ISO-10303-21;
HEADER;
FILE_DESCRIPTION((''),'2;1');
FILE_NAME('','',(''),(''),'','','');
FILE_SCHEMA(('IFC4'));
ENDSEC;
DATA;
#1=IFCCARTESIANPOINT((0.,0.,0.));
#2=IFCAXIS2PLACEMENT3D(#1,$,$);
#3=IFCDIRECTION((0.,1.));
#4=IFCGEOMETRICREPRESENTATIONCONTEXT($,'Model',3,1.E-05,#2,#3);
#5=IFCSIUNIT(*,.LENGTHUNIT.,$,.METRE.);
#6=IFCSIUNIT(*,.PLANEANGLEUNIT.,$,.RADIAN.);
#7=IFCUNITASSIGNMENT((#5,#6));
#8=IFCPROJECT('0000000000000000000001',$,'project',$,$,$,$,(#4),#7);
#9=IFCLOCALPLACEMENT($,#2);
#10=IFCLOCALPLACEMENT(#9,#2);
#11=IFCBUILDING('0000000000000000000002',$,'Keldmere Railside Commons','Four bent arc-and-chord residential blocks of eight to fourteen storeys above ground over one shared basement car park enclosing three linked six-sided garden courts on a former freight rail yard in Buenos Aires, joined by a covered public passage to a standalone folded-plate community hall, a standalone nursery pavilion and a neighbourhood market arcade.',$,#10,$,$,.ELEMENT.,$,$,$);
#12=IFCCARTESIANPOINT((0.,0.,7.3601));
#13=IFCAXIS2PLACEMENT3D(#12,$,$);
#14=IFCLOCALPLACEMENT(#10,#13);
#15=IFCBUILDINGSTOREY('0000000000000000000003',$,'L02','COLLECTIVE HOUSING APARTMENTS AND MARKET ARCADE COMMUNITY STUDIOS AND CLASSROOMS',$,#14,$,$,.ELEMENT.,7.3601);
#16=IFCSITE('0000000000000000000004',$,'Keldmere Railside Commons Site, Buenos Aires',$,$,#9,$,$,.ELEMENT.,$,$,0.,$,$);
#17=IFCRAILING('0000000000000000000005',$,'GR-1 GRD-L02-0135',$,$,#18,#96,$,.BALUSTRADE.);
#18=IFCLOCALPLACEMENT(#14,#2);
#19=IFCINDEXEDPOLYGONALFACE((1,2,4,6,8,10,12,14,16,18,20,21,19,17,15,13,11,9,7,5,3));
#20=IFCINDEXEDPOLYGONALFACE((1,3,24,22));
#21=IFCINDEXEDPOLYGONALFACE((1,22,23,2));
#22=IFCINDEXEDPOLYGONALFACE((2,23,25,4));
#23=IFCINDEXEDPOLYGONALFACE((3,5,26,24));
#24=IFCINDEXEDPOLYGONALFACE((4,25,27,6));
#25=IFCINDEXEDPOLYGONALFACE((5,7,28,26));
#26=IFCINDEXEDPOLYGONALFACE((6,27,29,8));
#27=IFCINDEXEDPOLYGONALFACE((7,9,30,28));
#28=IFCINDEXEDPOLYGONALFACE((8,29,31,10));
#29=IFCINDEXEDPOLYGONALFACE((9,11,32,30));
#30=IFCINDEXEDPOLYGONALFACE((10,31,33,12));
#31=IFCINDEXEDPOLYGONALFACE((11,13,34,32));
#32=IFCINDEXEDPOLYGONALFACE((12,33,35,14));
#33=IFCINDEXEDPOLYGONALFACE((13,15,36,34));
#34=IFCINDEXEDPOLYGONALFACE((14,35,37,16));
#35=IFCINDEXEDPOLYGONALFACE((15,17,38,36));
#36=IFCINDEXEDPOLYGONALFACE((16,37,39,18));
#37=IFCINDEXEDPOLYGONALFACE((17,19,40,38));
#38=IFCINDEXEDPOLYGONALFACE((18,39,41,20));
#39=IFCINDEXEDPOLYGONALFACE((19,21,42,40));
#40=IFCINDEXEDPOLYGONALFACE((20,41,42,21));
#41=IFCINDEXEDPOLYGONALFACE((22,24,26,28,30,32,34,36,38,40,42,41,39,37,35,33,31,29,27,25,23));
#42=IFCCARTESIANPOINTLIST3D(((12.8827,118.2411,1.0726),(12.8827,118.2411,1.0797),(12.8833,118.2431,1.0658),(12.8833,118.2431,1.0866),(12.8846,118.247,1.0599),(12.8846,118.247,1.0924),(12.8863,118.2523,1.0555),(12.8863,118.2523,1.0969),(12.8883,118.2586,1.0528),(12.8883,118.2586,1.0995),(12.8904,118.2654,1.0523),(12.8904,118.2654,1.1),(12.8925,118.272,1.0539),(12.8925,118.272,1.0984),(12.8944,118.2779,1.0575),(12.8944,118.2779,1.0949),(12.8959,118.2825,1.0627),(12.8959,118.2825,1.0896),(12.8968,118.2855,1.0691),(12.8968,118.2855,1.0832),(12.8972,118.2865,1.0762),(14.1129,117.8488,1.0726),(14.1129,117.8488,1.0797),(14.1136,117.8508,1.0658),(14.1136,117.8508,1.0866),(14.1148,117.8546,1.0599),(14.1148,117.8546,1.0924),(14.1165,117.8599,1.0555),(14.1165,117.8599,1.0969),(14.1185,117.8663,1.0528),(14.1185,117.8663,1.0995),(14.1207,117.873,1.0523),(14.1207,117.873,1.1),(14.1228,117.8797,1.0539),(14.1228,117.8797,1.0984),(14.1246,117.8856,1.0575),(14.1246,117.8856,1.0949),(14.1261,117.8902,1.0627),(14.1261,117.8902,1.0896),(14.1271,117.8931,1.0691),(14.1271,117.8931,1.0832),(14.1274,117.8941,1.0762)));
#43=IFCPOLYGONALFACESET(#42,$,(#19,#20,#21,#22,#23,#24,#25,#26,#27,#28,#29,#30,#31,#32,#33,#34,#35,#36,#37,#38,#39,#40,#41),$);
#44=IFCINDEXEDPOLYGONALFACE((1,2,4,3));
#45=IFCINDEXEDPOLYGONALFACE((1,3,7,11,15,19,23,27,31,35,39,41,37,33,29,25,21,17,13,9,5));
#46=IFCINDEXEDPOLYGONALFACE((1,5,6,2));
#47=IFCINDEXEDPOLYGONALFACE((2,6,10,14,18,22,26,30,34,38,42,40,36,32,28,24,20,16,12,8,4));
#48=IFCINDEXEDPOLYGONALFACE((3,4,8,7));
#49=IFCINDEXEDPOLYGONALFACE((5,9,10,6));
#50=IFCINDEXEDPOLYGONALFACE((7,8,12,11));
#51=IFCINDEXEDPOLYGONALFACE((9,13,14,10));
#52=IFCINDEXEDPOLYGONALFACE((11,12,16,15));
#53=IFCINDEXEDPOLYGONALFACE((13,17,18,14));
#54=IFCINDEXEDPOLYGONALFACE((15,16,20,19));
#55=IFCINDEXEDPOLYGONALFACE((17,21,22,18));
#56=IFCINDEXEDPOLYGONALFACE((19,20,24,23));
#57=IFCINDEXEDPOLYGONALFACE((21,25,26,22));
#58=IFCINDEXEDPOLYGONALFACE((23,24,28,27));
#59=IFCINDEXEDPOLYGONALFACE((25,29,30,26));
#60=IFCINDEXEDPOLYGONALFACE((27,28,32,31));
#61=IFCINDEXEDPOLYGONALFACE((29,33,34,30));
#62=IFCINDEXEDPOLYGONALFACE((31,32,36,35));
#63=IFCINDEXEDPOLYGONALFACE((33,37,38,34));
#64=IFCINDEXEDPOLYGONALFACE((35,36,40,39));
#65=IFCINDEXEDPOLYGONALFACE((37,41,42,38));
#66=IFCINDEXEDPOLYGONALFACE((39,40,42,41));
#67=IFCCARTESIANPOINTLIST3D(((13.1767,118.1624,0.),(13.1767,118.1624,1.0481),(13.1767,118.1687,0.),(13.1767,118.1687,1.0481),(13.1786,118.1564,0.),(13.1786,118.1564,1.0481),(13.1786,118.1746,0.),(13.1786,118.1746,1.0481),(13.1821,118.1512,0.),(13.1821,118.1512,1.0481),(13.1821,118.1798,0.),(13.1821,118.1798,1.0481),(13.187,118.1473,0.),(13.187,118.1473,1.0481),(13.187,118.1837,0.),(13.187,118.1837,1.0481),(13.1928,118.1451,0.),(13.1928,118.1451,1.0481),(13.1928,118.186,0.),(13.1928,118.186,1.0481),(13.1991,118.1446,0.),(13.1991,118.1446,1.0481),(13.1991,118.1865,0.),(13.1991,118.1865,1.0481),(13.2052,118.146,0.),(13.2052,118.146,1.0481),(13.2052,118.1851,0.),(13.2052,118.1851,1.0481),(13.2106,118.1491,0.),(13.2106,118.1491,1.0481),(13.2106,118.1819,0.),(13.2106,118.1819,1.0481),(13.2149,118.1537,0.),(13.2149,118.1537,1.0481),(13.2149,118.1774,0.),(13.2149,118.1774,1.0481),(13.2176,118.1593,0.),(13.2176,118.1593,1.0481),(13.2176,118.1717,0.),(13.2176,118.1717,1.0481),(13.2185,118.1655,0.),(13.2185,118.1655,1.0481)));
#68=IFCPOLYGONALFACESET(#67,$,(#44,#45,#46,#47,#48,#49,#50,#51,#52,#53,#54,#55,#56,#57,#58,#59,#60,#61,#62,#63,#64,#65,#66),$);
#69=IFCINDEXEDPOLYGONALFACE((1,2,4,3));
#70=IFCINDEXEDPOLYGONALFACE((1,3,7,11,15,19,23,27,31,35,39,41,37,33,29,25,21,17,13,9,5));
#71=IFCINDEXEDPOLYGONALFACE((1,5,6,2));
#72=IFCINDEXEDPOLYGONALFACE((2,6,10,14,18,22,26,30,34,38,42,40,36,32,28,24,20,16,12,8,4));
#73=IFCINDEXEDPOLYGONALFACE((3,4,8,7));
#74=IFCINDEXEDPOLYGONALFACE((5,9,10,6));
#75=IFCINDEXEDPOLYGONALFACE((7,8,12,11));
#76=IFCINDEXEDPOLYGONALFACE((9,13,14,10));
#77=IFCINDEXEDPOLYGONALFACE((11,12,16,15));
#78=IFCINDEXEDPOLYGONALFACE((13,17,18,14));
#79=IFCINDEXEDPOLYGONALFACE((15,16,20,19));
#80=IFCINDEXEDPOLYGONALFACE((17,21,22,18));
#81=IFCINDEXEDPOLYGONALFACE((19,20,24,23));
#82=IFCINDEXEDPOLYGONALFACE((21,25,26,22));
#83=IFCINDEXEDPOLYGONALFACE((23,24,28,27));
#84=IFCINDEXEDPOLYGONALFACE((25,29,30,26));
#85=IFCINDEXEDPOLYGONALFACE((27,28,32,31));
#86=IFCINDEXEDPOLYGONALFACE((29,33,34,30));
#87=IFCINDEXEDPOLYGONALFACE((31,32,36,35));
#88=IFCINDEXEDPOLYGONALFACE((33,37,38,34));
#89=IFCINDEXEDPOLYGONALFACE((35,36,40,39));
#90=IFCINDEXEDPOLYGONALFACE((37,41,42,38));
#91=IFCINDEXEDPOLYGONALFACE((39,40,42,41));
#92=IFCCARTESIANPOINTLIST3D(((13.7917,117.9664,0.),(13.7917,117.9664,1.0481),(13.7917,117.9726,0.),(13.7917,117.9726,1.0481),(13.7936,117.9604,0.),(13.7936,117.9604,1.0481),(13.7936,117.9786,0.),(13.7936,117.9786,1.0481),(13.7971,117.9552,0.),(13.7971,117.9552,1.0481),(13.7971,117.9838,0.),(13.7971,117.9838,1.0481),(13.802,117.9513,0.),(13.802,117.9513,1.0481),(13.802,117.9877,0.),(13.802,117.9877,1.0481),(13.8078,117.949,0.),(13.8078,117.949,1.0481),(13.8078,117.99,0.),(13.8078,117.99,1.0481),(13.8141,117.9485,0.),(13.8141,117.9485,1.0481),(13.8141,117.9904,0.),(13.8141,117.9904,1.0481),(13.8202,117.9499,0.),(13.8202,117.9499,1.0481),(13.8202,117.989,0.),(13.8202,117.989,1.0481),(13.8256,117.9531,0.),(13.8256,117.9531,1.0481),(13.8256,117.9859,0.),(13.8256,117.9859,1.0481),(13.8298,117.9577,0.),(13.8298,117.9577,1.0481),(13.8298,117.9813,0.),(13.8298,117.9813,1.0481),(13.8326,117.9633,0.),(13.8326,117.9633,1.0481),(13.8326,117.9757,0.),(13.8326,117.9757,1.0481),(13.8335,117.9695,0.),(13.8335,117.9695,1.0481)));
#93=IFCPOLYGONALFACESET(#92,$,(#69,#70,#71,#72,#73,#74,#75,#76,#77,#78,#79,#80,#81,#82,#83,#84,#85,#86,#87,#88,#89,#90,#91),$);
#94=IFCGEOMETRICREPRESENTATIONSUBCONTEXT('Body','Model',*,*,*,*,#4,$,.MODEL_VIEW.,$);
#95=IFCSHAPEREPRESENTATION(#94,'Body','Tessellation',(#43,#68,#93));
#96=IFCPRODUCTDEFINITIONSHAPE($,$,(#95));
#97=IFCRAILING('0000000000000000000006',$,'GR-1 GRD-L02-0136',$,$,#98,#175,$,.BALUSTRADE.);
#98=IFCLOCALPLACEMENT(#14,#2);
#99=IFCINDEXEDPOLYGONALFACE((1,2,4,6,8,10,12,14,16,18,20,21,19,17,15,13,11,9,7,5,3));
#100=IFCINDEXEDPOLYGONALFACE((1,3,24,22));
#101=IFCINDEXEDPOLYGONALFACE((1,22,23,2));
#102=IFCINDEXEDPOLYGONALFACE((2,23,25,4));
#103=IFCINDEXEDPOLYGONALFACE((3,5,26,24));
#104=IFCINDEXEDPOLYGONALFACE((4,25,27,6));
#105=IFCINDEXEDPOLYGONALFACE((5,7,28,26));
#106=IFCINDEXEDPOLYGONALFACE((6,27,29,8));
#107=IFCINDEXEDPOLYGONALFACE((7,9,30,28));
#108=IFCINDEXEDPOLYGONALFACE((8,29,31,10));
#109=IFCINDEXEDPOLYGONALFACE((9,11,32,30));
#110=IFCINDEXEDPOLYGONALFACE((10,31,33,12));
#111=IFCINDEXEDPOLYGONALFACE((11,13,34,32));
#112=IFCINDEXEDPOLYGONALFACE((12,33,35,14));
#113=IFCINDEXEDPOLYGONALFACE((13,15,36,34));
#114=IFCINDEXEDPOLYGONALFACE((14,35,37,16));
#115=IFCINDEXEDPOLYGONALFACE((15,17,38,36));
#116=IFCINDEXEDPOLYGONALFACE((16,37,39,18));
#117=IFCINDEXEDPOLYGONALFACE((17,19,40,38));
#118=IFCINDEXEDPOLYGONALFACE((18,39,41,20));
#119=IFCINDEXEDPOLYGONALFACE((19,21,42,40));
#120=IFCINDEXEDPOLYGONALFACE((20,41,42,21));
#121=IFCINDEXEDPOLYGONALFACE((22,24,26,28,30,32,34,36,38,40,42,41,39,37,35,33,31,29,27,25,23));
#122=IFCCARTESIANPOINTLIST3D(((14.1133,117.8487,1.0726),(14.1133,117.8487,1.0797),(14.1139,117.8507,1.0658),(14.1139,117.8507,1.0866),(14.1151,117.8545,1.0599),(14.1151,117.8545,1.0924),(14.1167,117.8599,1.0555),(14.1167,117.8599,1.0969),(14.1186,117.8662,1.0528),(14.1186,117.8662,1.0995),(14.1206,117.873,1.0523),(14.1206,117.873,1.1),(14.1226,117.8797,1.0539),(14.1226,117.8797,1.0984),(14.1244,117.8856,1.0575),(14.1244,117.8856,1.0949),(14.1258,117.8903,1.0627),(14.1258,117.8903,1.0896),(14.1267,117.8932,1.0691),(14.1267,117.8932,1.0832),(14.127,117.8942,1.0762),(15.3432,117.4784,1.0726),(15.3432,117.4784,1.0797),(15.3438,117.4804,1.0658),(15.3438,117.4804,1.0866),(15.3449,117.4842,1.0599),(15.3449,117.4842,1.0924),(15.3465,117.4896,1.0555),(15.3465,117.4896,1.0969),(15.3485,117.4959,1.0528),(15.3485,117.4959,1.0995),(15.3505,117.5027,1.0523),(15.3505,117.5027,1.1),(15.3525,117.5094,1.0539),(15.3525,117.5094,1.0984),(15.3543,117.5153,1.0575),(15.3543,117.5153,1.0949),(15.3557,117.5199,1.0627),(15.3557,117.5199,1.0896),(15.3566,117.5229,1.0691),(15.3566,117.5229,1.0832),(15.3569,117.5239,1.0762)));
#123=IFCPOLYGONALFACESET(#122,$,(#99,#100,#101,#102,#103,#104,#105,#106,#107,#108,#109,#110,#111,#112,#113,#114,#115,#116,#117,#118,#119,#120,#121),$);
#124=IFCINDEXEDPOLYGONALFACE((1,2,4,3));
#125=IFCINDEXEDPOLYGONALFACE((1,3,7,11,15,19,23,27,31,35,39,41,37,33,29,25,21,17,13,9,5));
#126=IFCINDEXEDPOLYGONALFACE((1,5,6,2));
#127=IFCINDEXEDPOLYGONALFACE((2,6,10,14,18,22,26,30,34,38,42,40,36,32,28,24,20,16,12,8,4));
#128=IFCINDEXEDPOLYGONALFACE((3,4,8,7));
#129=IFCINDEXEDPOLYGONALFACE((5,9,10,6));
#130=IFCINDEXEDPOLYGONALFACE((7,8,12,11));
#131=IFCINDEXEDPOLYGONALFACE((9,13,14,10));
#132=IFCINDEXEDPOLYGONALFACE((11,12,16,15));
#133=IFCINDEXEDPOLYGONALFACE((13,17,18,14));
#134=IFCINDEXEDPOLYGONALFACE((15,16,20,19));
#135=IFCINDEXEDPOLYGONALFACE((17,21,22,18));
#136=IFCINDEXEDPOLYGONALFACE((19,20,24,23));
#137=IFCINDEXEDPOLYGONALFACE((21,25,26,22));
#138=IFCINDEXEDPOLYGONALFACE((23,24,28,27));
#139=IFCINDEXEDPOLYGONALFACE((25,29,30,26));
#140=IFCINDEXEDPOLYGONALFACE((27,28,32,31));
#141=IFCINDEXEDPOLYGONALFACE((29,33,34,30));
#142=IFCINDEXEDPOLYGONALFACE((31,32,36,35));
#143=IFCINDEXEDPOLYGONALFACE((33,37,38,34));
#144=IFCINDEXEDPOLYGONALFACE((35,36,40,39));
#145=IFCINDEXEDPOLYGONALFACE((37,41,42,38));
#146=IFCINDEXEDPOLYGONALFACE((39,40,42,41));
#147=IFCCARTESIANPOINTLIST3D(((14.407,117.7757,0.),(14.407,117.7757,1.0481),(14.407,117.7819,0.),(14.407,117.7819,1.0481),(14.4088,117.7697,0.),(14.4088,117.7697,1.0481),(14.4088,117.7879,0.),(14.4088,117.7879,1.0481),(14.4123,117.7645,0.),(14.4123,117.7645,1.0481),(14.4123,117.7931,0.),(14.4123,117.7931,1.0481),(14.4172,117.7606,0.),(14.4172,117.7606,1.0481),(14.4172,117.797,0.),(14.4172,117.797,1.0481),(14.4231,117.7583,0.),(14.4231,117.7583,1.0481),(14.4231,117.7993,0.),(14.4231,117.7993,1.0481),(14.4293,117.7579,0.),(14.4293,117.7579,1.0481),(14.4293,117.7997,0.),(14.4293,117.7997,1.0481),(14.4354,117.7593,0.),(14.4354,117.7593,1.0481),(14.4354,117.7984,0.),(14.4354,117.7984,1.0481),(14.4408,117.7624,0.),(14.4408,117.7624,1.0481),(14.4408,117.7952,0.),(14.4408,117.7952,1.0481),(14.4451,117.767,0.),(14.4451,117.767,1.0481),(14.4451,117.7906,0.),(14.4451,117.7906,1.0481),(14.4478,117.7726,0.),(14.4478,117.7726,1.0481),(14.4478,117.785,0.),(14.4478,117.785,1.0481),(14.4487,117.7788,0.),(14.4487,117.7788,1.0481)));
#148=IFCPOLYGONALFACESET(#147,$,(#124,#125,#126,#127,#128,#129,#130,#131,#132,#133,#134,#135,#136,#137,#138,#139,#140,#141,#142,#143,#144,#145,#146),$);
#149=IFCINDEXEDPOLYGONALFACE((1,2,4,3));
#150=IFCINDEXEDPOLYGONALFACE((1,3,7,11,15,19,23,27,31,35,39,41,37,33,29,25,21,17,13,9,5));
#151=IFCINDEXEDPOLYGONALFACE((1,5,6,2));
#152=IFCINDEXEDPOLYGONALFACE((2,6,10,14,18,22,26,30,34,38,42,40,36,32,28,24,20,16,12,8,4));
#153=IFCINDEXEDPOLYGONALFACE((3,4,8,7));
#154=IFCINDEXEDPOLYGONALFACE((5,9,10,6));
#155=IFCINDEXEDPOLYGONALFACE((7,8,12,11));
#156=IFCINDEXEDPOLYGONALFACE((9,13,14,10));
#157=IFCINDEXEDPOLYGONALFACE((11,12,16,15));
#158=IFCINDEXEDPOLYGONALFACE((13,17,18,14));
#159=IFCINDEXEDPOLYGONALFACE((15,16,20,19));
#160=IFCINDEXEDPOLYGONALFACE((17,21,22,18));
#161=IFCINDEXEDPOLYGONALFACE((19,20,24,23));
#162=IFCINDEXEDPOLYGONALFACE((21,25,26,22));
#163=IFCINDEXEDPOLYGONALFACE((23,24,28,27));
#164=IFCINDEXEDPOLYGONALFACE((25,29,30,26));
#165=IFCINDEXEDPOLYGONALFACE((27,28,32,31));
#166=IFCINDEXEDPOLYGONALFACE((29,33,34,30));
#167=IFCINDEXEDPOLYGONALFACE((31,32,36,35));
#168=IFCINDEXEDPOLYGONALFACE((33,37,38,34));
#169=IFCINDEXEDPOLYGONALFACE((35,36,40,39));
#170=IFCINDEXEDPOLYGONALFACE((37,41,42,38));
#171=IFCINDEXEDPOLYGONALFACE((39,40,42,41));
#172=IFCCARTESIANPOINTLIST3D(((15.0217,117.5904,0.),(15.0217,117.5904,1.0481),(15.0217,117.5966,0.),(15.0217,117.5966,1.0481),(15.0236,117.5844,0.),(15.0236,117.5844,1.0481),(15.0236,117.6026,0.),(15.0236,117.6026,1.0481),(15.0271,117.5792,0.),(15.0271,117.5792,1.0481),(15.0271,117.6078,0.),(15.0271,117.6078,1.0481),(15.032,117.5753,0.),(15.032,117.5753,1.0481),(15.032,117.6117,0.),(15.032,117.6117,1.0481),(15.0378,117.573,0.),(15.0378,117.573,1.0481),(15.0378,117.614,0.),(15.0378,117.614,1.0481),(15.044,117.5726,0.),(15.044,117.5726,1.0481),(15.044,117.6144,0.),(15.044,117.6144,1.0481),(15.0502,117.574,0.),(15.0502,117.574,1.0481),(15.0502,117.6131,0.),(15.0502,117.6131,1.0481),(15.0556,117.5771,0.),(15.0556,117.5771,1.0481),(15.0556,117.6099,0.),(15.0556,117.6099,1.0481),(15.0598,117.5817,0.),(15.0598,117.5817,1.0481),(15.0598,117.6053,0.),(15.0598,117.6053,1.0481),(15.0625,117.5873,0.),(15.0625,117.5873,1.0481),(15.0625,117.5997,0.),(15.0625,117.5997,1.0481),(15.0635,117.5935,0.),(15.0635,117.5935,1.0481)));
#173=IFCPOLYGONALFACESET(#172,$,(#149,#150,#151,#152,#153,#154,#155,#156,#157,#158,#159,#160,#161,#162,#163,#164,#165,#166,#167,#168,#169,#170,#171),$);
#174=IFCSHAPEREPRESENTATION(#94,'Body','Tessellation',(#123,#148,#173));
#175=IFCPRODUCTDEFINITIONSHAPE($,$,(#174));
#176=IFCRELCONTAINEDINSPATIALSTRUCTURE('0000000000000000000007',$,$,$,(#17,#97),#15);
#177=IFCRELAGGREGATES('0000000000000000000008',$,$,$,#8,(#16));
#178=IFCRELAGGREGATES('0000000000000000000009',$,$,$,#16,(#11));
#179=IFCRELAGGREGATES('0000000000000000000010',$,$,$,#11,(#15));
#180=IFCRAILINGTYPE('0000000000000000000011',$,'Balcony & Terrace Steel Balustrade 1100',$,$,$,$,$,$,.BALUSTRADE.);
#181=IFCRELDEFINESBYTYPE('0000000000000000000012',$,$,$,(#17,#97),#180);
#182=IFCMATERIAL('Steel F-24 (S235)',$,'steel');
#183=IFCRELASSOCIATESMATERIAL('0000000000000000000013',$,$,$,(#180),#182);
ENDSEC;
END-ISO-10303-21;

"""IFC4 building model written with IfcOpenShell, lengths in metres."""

from ifc_helpers import new_model, si_unit, direction, frame, origin, origin_2d, place, context, subcontext, project, spatial, circle, extrude, material, type_object, element, save


model = new_model("IFC4")

# Units and contexts
model_context = context("Model", 3, precision=1e-05, world=origin(), true_north=direction((0.0, 1.0)))
body_context = subcontext(model_context, "Body", "Model", "MODEL_VIEW")
ifc_project = project(units=[si_unit("LENGTHUNIT", "METRE"), si_unit("PLANEANGLEUNIT", "RADIAN")], contexts=[model_context])

# Site, building, storey
site_placement = place(None, origin())
site = spatial("IfcSite", under=ifc_project, at=site_placement, Name="Keldmere Railside Commons Site, Buenos Aires", CompositionType="ELEMENT", RefElevation=0.0)
building_placement = place(site_placement, origin())
building = spatial("IfcBuilding", under=site, at=building_placement, Name="Keldmere Railside Commons", Description="Four bent arc-and-chord residential blocks of eight to fourteen storeys above ground over one shared basement car park enclosing three linked six-sided garden courts on a former freight rail yard in Buenos Aires, joined by a covered public passage to a standalone folded-plate community hall, a standalone nursery pavilion and a neighbourhood market arcade.", CompositionType="ELEMENT")
storey_placement = place(building_placement, frame((0.0, 0.0, 7.3601)))
storey = spatial("IfcBuildingStorey", under=building, at=storey_placement, Name="L02", Description="COLLECTIVE HOUSING APARTMENTS AND MARKET ARCADE COMMUNITY STUDIOS AND CLASSROOMS", CompositionType="ELEMENT", Elevation=7.3601)

# Railings
ifc_material_1 = material(Name="Steel F-24 (S235)", Category="steel")
railing_type = type_object("IfcRailingType", Name="Balcony & Terrace Steel Balustrade 1100", PredefinedType="BALUSTRADE", material=ifc_material_1)
railing_1_placement = place(storey_placement, frame((12.8899, 118.2637, 0.0)))
element("IfcRailing", 1, at=railing_1_placement, inside=storey, type_object=railing_type, Name="GR-1 GRD-L02-0135", PredefinedType="BALUSTRADE", context=body_context, shape_type="SweptSolid", body=[
    extrude(circle(Radius=0.0239, at=origin_2d()), frame((0.0, 0.0, 1.0762), z_axis=(0.952724, -0.303836, 0.0), x_axis=(0.303836, 0.952724, 0.0)), (0.0, 0.0, 1.0), 1.2913),
    extrude(circle(Radius=0.021, at=origin_2d()), frame((0.3076, -0.0981, 0.0)), (0.0, 0.0, 1.0), 1.0481),
    extrude(circle(Radius=0.021, at=origin_2d()), frame((0.9226, -0.2942, 0.0)), (0.0, 0.0, 1.0), 1.0481),
])
railing_2_placement = place(storey_placement, frame((14.1201, 117.8713, 0.0)))
element("IfcRailing", 2, at=railing_2_placement, inside=storey, type_object=railing_type, Name="GR-1 GRD-L02-0136", PredefinedType="BALUSTRADE", context=body_context, shape_type="SweptSolid", body=[
    extrude(circle(Radius=0.0239, at=origin_2d()), frame((0.0, 0.0, 1.0762), z_axis=(0.957533, -0.288324, 0.0), x_axis=(0.288324, 0.957533, 0.0)), (0.0, 0.0, 1.0), 1.2844),
    extrude(circle(Radius=0.021, at=origin_2d()), frame((0.3076, -0.0925, 0.0)), (0.0, 0.0, 1.0), 1.0481),
    extrude(circle(Radius=0.021, at=origin_2d()), frame((0.9224, -0.2778, 0.0)), (0.0, 0.0, 1.0), 1.0481),
])

save(model, "model.ifc")
